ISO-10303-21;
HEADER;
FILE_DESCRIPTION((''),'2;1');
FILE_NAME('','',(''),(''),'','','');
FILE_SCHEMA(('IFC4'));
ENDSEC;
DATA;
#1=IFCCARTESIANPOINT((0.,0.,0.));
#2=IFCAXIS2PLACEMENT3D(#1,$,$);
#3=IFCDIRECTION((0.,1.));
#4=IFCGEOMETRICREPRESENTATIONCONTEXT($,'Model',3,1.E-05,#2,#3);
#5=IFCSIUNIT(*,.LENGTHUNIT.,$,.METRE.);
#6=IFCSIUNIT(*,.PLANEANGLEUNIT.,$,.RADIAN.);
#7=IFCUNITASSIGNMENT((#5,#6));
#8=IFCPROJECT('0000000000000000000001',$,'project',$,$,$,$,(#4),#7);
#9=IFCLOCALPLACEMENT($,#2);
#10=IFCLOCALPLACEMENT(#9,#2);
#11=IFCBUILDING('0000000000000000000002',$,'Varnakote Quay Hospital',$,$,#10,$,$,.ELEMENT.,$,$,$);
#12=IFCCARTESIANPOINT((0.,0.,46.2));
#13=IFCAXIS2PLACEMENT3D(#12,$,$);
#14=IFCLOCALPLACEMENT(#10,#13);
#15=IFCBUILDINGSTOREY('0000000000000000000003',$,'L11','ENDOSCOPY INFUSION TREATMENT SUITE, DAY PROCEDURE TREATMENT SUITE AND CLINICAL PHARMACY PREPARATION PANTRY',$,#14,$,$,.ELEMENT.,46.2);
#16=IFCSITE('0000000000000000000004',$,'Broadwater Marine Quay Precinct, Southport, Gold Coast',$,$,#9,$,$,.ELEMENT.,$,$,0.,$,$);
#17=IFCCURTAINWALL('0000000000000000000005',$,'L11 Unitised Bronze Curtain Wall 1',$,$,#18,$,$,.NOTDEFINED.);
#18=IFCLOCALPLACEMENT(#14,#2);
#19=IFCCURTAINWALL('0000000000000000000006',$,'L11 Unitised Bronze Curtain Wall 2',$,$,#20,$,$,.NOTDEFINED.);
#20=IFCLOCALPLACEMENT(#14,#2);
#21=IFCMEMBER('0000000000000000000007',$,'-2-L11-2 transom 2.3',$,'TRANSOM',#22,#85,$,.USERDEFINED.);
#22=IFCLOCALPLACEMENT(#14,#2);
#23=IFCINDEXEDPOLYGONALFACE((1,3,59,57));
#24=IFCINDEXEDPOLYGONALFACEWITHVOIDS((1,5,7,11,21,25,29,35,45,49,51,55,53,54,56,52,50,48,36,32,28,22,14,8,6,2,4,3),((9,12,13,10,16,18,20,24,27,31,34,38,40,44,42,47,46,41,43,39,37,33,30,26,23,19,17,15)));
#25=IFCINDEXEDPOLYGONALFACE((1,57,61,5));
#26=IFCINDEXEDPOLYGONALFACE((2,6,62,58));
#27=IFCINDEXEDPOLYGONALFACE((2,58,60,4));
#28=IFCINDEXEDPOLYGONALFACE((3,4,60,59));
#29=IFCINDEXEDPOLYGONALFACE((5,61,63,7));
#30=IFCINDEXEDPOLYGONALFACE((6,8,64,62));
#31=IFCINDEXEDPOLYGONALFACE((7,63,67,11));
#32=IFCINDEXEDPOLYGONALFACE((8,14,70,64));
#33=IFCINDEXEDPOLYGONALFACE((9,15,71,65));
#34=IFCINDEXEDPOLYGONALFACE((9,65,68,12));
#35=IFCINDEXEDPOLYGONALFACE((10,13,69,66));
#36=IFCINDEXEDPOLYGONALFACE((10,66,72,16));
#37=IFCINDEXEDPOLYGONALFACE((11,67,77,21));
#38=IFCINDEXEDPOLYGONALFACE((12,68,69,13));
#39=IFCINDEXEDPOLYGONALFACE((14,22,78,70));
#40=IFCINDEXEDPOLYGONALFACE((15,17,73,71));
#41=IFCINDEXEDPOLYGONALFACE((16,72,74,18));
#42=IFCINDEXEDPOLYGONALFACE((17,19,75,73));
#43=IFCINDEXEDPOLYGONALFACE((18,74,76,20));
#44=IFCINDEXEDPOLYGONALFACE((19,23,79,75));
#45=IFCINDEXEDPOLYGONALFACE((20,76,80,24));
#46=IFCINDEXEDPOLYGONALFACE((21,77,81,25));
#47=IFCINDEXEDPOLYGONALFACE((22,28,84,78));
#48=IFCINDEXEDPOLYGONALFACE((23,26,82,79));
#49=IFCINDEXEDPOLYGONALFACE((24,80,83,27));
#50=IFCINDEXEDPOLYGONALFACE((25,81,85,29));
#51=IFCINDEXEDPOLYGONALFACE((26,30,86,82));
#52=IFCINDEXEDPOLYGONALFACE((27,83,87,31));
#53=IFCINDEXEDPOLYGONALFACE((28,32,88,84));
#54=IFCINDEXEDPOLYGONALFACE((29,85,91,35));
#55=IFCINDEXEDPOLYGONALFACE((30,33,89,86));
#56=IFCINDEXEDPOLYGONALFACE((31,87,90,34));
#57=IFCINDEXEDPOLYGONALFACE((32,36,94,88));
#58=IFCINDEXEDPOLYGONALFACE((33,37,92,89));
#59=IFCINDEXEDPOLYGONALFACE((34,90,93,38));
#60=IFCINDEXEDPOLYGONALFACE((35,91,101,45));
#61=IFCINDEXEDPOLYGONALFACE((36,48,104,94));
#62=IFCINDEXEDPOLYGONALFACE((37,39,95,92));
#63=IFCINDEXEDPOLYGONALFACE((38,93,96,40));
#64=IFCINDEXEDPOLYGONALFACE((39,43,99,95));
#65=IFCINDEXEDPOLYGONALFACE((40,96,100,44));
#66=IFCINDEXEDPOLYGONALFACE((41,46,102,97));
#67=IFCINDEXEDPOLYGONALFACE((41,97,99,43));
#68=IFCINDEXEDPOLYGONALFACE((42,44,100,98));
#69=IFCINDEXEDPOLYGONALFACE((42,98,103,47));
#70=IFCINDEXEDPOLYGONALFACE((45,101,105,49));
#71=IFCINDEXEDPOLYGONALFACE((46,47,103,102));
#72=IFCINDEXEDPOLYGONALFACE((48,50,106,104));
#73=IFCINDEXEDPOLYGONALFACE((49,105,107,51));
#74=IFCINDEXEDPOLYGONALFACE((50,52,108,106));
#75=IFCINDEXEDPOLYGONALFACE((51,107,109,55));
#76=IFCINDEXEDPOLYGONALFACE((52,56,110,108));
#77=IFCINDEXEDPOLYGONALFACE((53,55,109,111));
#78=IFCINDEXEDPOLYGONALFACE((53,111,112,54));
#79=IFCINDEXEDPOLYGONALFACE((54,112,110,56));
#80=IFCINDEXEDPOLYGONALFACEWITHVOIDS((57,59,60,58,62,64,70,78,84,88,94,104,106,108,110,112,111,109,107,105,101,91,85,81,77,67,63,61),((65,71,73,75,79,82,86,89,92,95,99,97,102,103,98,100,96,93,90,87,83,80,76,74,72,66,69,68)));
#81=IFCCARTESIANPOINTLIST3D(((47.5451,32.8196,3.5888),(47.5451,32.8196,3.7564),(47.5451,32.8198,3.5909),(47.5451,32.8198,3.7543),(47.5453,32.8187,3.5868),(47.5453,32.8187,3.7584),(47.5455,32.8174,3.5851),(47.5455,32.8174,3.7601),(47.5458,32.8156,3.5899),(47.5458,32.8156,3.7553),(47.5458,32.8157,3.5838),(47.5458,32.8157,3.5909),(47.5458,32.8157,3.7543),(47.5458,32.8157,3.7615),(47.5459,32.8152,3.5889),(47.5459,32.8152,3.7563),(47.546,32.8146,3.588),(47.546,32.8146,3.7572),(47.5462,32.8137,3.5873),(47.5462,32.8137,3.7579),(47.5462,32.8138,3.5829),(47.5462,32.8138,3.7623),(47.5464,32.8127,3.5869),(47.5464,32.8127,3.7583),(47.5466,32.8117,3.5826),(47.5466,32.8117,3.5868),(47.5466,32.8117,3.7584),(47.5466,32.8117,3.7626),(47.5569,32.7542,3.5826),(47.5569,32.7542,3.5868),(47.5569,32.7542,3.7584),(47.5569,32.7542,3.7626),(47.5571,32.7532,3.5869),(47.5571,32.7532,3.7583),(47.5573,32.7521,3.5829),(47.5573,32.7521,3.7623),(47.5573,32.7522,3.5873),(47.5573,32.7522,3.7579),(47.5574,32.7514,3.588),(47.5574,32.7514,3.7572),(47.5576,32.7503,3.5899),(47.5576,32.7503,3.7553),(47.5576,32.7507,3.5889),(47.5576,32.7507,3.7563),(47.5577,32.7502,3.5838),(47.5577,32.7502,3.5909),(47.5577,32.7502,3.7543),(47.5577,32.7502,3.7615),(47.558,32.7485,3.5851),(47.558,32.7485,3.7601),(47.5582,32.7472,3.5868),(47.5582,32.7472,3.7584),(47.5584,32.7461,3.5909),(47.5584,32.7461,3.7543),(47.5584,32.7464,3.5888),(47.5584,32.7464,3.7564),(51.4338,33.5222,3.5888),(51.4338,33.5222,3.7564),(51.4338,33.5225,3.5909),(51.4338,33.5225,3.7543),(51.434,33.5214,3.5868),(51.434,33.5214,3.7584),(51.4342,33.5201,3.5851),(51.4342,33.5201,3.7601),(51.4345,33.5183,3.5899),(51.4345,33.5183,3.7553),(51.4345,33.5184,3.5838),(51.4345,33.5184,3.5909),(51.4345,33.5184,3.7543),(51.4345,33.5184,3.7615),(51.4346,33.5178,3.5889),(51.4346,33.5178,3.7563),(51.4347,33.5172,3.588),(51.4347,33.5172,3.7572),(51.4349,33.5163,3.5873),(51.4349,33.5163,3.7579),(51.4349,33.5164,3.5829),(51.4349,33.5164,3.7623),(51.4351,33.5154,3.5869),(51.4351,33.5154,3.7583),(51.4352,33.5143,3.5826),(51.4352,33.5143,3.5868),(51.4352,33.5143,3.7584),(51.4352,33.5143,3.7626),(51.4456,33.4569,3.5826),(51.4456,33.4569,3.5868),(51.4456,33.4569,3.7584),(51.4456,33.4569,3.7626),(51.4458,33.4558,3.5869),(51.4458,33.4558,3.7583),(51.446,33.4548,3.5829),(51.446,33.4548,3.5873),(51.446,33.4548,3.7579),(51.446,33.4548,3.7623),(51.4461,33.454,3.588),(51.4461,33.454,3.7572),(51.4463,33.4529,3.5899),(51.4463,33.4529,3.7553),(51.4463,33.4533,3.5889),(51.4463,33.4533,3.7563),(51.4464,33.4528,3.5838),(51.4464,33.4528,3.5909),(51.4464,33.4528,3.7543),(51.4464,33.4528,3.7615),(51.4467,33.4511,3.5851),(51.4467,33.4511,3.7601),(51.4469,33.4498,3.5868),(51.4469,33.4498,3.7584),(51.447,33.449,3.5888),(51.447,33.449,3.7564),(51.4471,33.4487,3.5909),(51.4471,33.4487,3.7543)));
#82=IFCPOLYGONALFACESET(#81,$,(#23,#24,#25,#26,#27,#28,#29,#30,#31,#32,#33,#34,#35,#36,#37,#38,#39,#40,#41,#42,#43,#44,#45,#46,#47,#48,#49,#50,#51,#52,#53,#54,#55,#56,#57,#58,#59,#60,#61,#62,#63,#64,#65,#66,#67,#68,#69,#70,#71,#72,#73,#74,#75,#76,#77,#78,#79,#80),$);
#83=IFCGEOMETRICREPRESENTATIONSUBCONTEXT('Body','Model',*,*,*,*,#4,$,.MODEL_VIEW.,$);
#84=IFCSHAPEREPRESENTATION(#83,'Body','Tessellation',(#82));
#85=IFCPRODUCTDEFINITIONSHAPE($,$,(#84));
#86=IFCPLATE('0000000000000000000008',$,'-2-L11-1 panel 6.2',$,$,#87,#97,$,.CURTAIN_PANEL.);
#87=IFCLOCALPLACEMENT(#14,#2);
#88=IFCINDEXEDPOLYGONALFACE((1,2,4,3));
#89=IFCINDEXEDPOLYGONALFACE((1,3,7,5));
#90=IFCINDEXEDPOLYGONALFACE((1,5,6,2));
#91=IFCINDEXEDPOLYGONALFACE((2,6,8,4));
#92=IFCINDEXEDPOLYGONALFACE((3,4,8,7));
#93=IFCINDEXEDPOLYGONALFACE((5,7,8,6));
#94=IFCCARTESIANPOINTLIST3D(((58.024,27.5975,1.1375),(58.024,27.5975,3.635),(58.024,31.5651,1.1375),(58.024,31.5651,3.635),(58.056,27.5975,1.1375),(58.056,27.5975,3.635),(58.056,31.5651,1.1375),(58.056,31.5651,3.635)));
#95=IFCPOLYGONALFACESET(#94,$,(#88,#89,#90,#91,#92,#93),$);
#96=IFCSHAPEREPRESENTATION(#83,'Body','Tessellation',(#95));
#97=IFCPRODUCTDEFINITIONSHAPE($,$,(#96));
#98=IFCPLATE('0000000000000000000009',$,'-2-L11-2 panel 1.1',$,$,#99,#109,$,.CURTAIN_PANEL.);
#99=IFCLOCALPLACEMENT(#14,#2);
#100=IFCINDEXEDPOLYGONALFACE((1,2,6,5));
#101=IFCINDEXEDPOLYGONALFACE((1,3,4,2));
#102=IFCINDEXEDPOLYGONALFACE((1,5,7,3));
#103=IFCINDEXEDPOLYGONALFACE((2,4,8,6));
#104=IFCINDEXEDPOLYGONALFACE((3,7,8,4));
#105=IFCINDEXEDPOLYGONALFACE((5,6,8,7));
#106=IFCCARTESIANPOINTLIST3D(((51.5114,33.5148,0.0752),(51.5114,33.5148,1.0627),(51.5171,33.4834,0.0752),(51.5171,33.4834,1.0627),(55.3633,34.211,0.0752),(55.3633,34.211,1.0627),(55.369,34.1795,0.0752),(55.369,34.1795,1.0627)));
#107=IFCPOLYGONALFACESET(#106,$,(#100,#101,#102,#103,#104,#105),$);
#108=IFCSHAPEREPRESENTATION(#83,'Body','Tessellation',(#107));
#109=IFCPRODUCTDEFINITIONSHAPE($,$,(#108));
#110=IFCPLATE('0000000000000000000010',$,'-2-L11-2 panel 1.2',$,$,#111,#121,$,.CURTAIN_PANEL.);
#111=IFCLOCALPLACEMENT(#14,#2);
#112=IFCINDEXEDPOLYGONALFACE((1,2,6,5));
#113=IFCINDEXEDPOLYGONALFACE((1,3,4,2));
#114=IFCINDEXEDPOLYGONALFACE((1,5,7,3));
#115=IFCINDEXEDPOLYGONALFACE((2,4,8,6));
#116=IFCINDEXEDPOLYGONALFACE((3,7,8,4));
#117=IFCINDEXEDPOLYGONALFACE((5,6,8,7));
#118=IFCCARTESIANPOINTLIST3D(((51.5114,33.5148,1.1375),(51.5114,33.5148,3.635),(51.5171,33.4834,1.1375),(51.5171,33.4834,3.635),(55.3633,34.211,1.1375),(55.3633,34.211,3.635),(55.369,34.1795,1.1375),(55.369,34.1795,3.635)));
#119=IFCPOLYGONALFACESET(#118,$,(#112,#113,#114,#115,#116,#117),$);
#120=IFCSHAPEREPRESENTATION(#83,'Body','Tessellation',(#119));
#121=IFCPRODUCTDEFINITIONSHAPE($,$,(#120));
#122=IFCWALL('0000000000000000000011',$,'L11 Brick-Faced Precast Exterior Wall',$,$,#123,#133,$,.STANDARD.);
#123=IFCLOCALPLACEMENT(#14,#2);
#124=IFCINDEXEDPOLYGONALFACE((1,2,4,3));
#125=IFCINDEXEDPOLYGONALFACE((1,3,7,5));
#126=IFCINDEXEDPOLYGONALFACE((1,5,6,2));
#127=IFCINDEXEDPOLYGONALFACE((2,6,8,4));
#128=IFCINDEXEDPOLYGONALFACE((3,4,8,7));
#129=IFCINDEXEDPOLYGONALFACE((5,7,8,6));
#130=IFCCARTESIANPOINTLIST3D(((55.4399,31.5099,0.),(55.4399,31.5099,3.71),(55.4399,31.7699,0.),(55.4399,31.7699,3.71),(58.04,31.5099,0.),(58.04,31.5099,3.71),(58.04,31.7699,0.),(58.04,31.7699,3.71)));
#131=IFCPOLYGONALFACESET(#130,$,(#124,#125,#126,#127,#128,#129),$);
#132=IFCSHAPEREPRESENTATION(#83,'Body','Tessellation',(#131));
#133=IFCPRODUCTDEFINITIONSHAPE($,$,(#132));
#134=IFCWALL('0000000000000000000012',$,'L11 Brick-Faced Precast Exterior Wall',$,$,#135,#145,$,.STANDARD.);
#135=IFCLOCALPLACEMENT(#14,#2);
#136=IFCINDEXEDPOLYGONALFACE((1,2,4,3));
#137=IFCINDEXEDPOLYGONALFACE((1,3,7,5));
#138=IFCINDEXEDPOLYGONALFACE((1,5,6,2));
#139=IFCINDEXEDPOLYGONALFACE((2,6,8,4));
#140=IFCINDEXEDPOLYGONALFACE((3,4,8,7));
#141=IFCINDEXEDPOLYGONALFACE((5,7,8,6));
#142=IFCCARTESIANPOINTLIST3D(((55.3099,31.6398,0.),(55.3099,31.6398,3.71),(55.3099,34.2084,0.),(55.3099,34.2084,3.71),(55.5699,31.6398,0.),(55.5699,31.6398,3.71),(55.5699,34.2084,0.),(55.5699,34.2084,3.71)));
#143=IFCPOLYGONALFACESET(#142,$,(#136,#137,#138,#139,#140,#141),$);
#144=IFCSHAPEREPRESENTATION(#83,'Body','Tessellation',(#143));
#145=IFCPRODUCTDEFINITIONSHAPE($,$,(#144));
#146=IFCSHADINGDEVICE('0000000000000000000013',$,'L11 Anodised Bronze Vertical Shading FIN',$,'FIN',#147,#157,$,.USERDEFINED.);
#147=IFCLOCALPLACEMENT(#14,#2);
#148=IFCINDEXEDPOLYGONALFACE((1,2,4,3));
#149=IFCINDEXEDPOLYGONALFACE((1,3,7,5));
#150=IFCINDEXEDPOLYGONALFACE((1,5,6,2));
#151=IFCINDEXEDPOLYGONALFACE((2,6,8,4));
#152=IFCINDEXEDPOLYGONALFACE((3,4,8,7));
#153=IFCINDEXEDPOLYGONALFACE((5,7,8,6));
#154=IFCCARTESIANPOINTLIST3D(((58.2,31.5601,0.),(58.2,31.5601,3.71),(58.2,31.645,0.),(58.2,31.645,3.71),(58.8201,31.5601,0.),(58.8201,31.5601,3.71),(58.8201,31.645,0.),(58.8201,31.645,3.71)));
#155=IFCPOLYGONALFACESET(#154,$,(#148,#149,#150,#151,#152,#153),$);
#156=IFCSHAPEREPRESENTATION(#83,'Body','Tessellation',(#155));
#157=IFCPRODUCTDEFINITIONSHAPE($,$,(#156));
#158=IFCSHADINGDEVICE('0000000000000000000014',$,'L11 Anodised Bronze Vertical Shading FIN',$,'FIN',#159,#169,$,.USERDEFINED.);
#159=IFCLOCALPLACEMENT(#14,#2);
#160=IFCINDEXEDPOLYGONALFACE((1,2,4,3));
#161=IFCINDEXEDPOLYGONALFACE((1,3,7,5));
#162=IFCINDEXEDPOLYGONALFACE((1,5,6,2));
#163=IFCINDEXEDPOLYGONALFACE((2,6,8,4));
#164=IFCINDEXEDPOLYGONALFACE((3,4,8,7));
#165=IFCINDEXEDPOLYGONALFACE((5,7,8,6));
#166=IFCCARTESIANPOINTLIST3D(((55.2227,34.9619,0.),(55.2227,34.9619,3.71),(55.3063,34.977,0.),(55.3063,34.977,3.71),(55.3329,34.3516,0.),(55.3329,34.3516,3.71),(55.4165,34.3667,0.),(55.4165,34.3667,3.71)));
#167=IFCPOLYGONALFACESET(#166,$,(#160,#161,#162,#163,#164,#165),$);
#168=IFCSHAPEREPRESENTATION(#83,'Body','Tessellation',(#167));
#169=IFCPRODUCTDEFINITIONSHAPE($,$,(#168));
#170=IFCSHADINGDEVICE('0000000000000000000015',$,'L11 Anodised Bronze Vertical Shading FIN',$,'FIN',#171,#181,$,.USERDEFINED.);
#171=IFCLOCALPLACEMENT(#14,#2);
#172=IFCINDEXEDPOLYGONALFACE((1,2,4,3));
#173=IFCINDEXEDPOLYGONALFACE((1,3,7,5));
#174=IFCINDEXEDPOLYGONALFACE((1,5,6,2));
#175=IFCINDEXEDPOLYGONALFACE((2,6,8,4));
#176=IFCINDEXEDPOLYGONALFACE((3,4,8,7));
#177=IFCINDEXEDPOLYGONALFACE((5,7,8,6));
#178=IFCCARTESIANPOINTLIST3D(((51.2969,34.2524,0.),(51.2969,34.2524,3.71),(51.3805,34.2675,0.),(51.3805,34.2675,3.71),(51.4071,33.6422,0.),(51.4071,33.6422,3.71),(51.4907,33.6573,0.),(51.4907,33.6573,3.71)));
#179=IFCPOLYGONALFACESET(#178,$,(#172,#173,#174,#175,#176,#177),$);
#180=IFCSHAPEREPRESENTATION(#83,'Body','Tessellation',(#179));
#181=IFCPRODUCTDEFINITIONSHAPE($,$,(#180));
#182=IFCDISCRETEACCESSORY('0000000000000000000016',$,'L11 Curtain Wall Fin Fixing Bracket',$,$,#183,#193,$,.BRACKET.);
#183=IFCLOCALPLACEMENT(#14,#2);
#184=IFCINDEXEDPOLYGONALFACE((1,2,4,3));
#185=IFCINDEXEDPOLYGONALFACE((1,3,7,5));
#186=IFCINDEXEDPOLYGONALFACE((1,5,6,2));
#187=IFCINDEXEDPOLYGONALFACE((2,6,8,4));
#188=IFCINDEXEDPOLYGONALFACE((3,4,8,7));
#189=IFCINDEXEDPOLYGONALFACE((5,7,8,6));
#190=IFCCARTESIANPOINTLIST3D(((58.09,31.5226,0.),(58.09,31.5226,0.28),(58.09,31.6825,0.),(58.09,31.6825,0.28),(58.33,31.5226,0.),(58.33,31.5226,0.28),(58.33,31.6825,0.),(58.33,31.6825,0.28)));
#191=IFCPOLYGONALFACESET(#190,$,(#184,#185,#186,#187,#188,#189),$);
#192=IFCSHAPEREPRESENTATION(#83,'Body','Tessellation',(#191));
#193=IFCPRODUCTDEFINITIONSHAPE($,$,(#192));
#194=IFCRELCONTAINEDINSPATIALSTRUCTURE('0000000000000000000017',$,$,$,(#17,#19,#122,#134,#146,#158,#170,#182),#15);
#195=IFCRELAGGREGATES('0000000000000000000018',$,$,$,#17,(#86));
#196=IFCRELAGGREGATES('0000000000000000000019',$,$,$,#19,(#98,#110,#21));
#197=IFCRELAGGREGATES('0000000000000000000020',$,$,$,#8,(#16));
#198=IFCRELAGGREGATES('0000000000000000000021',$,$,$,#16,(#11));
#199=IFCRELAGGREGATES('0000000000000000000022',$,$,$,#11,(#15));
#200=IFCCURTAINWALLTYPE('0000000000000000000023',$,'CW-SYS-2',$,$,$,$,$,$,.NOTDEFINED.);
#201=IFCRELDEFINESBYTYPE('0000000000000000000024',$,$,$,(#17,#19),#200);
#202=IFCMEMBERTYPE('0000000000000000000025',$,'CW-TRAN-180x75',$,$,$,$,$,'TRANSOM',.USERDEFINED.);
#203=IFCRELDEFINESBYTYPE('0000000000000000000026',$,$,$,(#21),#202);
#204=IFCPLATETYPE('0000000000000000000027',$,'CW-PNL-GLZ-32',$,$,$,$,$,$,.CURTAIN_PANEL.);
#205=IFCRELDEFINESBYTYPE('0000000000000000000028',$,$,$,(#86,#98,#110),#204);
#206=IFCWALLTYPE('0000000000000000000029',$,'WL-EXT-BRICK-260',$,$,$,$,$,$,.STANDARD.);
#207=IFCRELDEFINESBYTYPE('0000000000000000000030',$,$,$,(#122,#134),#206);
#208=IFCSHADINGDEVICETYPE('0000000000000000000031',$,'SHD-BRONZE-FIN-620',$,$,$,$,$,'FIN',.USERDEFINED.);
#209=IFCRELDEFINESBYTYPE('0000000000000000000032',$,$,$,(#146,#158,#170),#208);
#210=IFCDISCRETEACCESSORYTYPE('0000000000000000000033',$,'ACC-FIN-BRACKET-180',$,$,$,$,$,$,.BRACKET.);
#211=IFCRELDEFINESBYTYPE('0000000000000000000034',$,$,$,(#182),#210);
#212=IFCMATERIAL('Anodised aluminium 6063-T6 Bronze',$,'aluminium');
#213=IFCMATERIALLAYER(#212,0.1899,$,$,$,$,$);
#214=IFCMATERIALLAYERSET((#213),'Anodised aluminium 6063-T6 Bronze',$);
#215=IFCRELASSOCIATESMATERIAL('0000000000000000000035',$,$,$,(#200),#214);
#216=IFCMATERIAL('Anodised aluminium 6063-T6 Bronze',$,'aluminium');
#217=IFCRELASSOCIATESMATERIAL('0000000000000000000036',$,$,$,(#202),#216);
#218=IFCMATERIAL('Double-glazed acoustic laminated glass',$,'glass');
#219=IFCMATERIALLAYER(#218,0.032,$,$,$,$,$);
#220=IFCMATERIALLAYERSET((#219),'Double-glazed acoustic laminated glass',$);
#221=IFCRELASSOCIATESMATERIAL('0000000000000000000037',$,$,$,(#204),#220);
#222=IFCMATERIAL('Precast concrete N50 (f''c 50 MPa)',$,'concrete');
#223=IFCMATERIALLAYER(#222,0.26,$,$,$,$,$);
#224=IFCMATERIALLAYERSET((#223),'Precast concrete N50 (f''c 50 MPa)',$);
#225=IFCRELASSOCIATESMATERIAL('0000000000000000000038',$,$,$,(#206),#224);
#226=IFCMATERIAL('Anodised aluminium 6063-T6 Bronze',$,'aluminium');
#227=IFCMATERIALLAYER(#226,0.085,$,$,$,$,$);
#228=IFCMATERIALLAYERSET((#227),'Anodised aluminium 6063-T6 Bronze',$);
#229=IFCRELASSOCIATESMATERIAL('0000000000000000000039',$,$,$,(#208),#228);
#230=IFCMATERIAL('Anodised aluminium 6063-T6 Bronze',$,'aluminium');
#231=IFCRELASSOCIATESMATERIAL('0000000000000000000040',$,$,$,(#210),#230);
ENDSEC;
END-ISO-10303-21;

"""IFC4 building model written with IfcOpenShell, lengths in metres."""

from ifc_helpers import new_model, si_unit, direction, frame, frame_2d, origin, origin_2d, place, context, subcontext, project, spatial, rectangle, hollow_rectangle, extrude, material, layer, layer_set, material_profile, profile_set, type_object, element, aggregate, save


model = new_model("IFC4")

# Units and contexts
model_context = context("Model", 3, precision=1e-05, world=origin(), true_north=direction((0.0, 1.0)))
body_context = subcontext(model_context, "Body", "Model", "MODEL_VIEW")
ifc_project = project(units=[si_unit("LENGTHUNIT", "METRE"), si_unit("PLANEANGLEUNIT", "RADIAN")], contexts=[model_context])

# Site, building, storey
site_placement = place(None, origin())
site = spatial("IfcSite", under=ifc_project, at=site_placement, Name="Broadwater Marine Quay Precinct, Southport, Gold Coast", CompositionType="ELEMENT", RefElevation=0.0)
building_placement = place(site_placement, origin())
building = spatial("IfcBuilding", under=site, at=building_placement, Name="Varnakote Quay Hospital", CompositionType="ELEMENT")
storey_placement = place(building_placement, frame((0.0, 0.0, 46.2)))
storey = spatial("IfcBuildingStorey", under=building, at=storey_placement, Name="L11", Description="ENDOSCOPY INFUSION TREATMENT SUITE, DAY PROCEDURE TREATMENT SUITE AND CLINICAL PHARMACY PREPARATION PANTRY", CompositionType="ELEMENT", Elevation=46.2)

# Curtain wall
ifc_material_1 = material(Name="Anodised aluminium 6063-T6 Bronze", Category="aluminium")
ifc_layer_1 = layer(ifc_material_1, 0.1899)
ifc_layer_set_1 = layer_set([ifc_layer_1], Name="Anodised aluminium 6063-T6 Bronze")
curtain_wall_type = type_object("IfcCurtainWallType", Name="CW-SYS-2", PredefinedType="NOTDEFINED", material=ifc_layer_set_1)
curtain_wall_1_placement = place(storey_placement, origin())
curtain_wall_1 = element("IfcCurtainWall", 1, at=curtain_wall_1_placement, inside=storey, type_object=curtain_wall_type, Name="L11 Unitised Bronze Curtain Wall 1", PredefinedType="NOTDEFINED")

# Curtain wall, member
curtain_wall_2_placement = place(storey_placement, origin())
curtain_wall_2 = element("IfcCurtainWall", 2, at=curtain_wall_2_placement, inside=storey, type_object=curtain_wall_type, Name="L11 Unitised Bronze Curtain Wall 2", PredefinedType="NOTDEFINED")
ifc_material_2 = material(Name="Anodised aluminium 6063-T6 Bronze", Category="aluminium")
ifc_material_profile_1 = material_profile(ifc_material_2, hollow_rectangle(XDim=0.075, YDim=0.1799, WallThickness=0.0042, InnerFilletRadius=0.0042, OuterFilletRadius=0.0083, at=origin_2d()), Name="CW-TRAN-180x75")
ifc_profile_set_1 = profile_set([ifc_material_profile_1], Name="Anodised aluminium 6063-T6 Bronze")
member_type_1 = type_object("IfcMemberType", Name="CW-TRAN-180x75", ElementType="TRANSOM", PredefinedType="USERDEFINED", material=ifc_profile_set_1)
member_1_placement = place(storey_placement, frame((51.4404, 33.4856, 3.6726), z_axis=(-0.984065, -0.177809, 0.0), x_axis=(0.177809, -0.984065, 0.0)))
member_1 = element("IfcMember", 3, at=member_1_placement, type_object=member_type_1, Name="-2-L11-2 transom 2.3", ObjectType="TRANSOM", PredefinedType="USERDEFINED", context=body_context, shape_type="SweptSolid", body=[
    extrude(hollow_rectangle(XDim=0.075, YDim=0.1799, WallThickness=0.0042, InnerFilletRadius=0.0042, OuterFilletRadius=0.0083, at=origin_2d()), origin(), (0.0, 0.0, 1.0), 3.9517),
])

# Plates
ifc_material_3 = material(Name="Double-glazed acoustic laminated glass", Category="glass")
ifc_layer_2 = layer(ifc_material_3, 0.032)
ifc_layer_set_2 = layer_set([ifc_layer_2], Name="Double-glazed acoustic laminated glass")
plate_type = type_object("IfcPlateType", Name="CW-PNL-GLZ-32", PredefinedType="CURTAIN_PANEL", material=ifc_layer_set_2)
plate_1_placement = place(storey_placement, frame((58.04, 29.5813, 1.1375), z_axis=(0.0, 0.0, 1.0), x_axis=(0.0, 1.0, 0.0)))
plate_1 = element("IfcPlate", 4, at=plate_1_placement, type_object=plate_type, Name="-2-L11-1 panel 6.2", PredefinedType="CURTAIN_PANEL", context=body_context, shape_type="SweptSolid", body=[
    extrude(rectangle(XDim=3.9675, YDim=0.032, at=origin_2d()), origin(), (0.0, 0.0, 1.0), 2.4976),
])
aggregate(curtain_wall_1, [plate_1])
plate_2_placement = place(storey_placement, frame((53.4402, 33.8472, 0.0752), z_axis=(0.0, 0.0, 1.0), x_axis=(-0.984058, -0.177846, 0.0)))
plate_2 = element("IfcPlate", 5, at=plate_2_placement, type_object=plate_type, Name="-2-L11-2 panel 1.1", PredefinedType="CURTAIN_PANEL", context=body_context, shape_type="SweptSolid", body=[
    extrude(rectangle(XDim=3.9143, YDim=0.032, at=origin_2d()), origin(), (0.0, 0.0, 1.0), 0.9875),
])
plate_3_placement = place(storey_placement, frame((53.4402, 33.8472, 1.1375), z_axis=(0.0, 0.0, 1.0), x_axis=(-0.984058, -0.177846, 0.0)))
plate_3 = element("IfcPlate", 6, at=plate_3_placement, type_object=plate_type, Name="-2-L11-2 panel 1.2", PredefinedType="CURTAIN_PANEL", context=body_context, shape_type="SweptSolid", body=[
    extrude(rectangle(XDim=3.9143, YDim=0.032, at=origin_2d()), origin(), (0.0, 0.0, 1.0), 2.4976),
])
aggregate(curtain_wall_2, [plate_2, plate_3, member_1])

# Walls
ifc_material_4 = material(Name="Precast concrete N50 (f'c 50 MPa)", Category="concrete")
ifc_layer_3 = layer(ifc_material_4, 0.26)
ifc_layer_set_3 = layer_set([ifc_layer_3], Name="Precast concrete N50 (f'c 50 MPa)")
wall_type = type_object("IfcWallType", Name="WL-EXT-BRICK-260", PredefinedType="STANDARD", material=ifc_layer_set_3)
wall_1_placement = place(storey_placement, frame((58.04, 31.6399, 0.0), z_axis=(0.0, 0.0, 1.0), x_axis=(-1.0, 0.0, 0.0)))
element("IfcWall", 7, at=wall_1_placement, inside=storey, type_object=wall_type, Name="L11 Brick-Faced Precast Exterior Wall", PredefinedType="STANDARD", context=body_context, shape_type="SweptSolid", body=[
    extrude(rectangle(XDim=2.6001, YDim=0.26, at=frame_2d((1.3, 0.0))), origin(), (0.0, 0.0, 1.0), 3.71),
])
wall_2_placement = place(storey_placement, frame((55.4399, 31.6399, 0.0), z_axis=(0.0, 0.0, 1.0), x_axis=(0.0, 1.0, 0.0)))
element("IfcWall", 8, at=wall_2_placement, inside=storey, type_object=wall_type, Name="L11 Brick-Faced Precast Exterior Wall", PredefinedType="STANDARD", context=body_context, shape_type="SweptSolid", body=[
    extrude(rectangle(XDim=2.5686, YDim=0.26, at=frame_2d((1.2842, 0.0))), origin(), (0.0, 0.0, 1.0), 3.71),
])

# Shading devices
ifc_material_5 = material(Name="Anodised aluminium 6063-T6 Bronze", Category="aluminium")
ifc_layer_4 = layer(ifc_material_5, 0.085)
ifc_layer_set_4 = layer_set([ifc_layer_4], Name="Anodised aluminium 6063-T6 Bronze")
shading_device_type = type_object("IfcShadingDeviceType", Name="SHD-BRONZE-FIN-620", ElementType="FIN", PredefinedType="USERDEFINED", material=ifc_layer_set_4)
for number, where, z_axis, x_axis, name in (
    (9, (58.51, 31.6025, 0.0), (0.0, 0.0, 1.0), (-1.0, 0.0, 0.0), "L11 Anodised Bronze Vertical Shading FIN"),
    (10, (55.3196, 34.6643, 0.0), (0.0, 0.0, 1.0), (0.177772, -0.984072, 0.0), "L11 Anodised Bronze Vertical Shading FIN"),
    (11, (51.3938, 33.9548, 0.0), (0.0, 0.0, 1.0), (0.177772, -0.984072, 0.0), "L11 Anodised Bronze Vertical Shading FIN"),
):
    element("IfcShadingDevice", number, at=place(storey_placement, frame(where, z_axis=z_axis, x_axis=x_axis)), inside=storey, type_object=shading_device_type, Name=name, ObjectType="FIN", PredefinedType="USERDEFINED", context=body_context, shape_type="SweptSolid", body=[
        extrude(rectangle(XDim=0.6201, YDim=0.085, at=origin_2d()), origin(), (0.0, 0.0, 1.0), 3.71),
    ])

# Discrete accessory
ifc_material_6 = material(Name="Anodised aluminium 6063-T6 Bronze", Category="aluminium")
discrete_accessory_type = type_object("IfcDiscreteAccessoryType", Name="ACC-FIN-BRACKET-180", PredefinedType="BRACKET", material=ifc_material_6)
for number, where, z_axis, x_axis, name in (
    (12, (58.21, 31.6025, 0.0), (0.0, 0.0, 1.0), (0.0, 1.0, 0.0), "L11 Curtain Wall Fin Fixing Bracket"),
):
    element("IfcDiscreteAccessory", number, at=place(storey_placement, frame(where, z_axis=z_axis, x_axis=x_axis)), inside=storey, type_object=discrete_accessory_type, Name=name, PredefinedType="BRACKET", context=body_context, shape_type="SweptSolid", body=[
        extrude(rectangle(XDim=0.1599, YDim=0.24, at=origin_2d()), origin(), (0.0, 0.0, 1.0), 0.28),
    ])

save(model, "model.ifc")
